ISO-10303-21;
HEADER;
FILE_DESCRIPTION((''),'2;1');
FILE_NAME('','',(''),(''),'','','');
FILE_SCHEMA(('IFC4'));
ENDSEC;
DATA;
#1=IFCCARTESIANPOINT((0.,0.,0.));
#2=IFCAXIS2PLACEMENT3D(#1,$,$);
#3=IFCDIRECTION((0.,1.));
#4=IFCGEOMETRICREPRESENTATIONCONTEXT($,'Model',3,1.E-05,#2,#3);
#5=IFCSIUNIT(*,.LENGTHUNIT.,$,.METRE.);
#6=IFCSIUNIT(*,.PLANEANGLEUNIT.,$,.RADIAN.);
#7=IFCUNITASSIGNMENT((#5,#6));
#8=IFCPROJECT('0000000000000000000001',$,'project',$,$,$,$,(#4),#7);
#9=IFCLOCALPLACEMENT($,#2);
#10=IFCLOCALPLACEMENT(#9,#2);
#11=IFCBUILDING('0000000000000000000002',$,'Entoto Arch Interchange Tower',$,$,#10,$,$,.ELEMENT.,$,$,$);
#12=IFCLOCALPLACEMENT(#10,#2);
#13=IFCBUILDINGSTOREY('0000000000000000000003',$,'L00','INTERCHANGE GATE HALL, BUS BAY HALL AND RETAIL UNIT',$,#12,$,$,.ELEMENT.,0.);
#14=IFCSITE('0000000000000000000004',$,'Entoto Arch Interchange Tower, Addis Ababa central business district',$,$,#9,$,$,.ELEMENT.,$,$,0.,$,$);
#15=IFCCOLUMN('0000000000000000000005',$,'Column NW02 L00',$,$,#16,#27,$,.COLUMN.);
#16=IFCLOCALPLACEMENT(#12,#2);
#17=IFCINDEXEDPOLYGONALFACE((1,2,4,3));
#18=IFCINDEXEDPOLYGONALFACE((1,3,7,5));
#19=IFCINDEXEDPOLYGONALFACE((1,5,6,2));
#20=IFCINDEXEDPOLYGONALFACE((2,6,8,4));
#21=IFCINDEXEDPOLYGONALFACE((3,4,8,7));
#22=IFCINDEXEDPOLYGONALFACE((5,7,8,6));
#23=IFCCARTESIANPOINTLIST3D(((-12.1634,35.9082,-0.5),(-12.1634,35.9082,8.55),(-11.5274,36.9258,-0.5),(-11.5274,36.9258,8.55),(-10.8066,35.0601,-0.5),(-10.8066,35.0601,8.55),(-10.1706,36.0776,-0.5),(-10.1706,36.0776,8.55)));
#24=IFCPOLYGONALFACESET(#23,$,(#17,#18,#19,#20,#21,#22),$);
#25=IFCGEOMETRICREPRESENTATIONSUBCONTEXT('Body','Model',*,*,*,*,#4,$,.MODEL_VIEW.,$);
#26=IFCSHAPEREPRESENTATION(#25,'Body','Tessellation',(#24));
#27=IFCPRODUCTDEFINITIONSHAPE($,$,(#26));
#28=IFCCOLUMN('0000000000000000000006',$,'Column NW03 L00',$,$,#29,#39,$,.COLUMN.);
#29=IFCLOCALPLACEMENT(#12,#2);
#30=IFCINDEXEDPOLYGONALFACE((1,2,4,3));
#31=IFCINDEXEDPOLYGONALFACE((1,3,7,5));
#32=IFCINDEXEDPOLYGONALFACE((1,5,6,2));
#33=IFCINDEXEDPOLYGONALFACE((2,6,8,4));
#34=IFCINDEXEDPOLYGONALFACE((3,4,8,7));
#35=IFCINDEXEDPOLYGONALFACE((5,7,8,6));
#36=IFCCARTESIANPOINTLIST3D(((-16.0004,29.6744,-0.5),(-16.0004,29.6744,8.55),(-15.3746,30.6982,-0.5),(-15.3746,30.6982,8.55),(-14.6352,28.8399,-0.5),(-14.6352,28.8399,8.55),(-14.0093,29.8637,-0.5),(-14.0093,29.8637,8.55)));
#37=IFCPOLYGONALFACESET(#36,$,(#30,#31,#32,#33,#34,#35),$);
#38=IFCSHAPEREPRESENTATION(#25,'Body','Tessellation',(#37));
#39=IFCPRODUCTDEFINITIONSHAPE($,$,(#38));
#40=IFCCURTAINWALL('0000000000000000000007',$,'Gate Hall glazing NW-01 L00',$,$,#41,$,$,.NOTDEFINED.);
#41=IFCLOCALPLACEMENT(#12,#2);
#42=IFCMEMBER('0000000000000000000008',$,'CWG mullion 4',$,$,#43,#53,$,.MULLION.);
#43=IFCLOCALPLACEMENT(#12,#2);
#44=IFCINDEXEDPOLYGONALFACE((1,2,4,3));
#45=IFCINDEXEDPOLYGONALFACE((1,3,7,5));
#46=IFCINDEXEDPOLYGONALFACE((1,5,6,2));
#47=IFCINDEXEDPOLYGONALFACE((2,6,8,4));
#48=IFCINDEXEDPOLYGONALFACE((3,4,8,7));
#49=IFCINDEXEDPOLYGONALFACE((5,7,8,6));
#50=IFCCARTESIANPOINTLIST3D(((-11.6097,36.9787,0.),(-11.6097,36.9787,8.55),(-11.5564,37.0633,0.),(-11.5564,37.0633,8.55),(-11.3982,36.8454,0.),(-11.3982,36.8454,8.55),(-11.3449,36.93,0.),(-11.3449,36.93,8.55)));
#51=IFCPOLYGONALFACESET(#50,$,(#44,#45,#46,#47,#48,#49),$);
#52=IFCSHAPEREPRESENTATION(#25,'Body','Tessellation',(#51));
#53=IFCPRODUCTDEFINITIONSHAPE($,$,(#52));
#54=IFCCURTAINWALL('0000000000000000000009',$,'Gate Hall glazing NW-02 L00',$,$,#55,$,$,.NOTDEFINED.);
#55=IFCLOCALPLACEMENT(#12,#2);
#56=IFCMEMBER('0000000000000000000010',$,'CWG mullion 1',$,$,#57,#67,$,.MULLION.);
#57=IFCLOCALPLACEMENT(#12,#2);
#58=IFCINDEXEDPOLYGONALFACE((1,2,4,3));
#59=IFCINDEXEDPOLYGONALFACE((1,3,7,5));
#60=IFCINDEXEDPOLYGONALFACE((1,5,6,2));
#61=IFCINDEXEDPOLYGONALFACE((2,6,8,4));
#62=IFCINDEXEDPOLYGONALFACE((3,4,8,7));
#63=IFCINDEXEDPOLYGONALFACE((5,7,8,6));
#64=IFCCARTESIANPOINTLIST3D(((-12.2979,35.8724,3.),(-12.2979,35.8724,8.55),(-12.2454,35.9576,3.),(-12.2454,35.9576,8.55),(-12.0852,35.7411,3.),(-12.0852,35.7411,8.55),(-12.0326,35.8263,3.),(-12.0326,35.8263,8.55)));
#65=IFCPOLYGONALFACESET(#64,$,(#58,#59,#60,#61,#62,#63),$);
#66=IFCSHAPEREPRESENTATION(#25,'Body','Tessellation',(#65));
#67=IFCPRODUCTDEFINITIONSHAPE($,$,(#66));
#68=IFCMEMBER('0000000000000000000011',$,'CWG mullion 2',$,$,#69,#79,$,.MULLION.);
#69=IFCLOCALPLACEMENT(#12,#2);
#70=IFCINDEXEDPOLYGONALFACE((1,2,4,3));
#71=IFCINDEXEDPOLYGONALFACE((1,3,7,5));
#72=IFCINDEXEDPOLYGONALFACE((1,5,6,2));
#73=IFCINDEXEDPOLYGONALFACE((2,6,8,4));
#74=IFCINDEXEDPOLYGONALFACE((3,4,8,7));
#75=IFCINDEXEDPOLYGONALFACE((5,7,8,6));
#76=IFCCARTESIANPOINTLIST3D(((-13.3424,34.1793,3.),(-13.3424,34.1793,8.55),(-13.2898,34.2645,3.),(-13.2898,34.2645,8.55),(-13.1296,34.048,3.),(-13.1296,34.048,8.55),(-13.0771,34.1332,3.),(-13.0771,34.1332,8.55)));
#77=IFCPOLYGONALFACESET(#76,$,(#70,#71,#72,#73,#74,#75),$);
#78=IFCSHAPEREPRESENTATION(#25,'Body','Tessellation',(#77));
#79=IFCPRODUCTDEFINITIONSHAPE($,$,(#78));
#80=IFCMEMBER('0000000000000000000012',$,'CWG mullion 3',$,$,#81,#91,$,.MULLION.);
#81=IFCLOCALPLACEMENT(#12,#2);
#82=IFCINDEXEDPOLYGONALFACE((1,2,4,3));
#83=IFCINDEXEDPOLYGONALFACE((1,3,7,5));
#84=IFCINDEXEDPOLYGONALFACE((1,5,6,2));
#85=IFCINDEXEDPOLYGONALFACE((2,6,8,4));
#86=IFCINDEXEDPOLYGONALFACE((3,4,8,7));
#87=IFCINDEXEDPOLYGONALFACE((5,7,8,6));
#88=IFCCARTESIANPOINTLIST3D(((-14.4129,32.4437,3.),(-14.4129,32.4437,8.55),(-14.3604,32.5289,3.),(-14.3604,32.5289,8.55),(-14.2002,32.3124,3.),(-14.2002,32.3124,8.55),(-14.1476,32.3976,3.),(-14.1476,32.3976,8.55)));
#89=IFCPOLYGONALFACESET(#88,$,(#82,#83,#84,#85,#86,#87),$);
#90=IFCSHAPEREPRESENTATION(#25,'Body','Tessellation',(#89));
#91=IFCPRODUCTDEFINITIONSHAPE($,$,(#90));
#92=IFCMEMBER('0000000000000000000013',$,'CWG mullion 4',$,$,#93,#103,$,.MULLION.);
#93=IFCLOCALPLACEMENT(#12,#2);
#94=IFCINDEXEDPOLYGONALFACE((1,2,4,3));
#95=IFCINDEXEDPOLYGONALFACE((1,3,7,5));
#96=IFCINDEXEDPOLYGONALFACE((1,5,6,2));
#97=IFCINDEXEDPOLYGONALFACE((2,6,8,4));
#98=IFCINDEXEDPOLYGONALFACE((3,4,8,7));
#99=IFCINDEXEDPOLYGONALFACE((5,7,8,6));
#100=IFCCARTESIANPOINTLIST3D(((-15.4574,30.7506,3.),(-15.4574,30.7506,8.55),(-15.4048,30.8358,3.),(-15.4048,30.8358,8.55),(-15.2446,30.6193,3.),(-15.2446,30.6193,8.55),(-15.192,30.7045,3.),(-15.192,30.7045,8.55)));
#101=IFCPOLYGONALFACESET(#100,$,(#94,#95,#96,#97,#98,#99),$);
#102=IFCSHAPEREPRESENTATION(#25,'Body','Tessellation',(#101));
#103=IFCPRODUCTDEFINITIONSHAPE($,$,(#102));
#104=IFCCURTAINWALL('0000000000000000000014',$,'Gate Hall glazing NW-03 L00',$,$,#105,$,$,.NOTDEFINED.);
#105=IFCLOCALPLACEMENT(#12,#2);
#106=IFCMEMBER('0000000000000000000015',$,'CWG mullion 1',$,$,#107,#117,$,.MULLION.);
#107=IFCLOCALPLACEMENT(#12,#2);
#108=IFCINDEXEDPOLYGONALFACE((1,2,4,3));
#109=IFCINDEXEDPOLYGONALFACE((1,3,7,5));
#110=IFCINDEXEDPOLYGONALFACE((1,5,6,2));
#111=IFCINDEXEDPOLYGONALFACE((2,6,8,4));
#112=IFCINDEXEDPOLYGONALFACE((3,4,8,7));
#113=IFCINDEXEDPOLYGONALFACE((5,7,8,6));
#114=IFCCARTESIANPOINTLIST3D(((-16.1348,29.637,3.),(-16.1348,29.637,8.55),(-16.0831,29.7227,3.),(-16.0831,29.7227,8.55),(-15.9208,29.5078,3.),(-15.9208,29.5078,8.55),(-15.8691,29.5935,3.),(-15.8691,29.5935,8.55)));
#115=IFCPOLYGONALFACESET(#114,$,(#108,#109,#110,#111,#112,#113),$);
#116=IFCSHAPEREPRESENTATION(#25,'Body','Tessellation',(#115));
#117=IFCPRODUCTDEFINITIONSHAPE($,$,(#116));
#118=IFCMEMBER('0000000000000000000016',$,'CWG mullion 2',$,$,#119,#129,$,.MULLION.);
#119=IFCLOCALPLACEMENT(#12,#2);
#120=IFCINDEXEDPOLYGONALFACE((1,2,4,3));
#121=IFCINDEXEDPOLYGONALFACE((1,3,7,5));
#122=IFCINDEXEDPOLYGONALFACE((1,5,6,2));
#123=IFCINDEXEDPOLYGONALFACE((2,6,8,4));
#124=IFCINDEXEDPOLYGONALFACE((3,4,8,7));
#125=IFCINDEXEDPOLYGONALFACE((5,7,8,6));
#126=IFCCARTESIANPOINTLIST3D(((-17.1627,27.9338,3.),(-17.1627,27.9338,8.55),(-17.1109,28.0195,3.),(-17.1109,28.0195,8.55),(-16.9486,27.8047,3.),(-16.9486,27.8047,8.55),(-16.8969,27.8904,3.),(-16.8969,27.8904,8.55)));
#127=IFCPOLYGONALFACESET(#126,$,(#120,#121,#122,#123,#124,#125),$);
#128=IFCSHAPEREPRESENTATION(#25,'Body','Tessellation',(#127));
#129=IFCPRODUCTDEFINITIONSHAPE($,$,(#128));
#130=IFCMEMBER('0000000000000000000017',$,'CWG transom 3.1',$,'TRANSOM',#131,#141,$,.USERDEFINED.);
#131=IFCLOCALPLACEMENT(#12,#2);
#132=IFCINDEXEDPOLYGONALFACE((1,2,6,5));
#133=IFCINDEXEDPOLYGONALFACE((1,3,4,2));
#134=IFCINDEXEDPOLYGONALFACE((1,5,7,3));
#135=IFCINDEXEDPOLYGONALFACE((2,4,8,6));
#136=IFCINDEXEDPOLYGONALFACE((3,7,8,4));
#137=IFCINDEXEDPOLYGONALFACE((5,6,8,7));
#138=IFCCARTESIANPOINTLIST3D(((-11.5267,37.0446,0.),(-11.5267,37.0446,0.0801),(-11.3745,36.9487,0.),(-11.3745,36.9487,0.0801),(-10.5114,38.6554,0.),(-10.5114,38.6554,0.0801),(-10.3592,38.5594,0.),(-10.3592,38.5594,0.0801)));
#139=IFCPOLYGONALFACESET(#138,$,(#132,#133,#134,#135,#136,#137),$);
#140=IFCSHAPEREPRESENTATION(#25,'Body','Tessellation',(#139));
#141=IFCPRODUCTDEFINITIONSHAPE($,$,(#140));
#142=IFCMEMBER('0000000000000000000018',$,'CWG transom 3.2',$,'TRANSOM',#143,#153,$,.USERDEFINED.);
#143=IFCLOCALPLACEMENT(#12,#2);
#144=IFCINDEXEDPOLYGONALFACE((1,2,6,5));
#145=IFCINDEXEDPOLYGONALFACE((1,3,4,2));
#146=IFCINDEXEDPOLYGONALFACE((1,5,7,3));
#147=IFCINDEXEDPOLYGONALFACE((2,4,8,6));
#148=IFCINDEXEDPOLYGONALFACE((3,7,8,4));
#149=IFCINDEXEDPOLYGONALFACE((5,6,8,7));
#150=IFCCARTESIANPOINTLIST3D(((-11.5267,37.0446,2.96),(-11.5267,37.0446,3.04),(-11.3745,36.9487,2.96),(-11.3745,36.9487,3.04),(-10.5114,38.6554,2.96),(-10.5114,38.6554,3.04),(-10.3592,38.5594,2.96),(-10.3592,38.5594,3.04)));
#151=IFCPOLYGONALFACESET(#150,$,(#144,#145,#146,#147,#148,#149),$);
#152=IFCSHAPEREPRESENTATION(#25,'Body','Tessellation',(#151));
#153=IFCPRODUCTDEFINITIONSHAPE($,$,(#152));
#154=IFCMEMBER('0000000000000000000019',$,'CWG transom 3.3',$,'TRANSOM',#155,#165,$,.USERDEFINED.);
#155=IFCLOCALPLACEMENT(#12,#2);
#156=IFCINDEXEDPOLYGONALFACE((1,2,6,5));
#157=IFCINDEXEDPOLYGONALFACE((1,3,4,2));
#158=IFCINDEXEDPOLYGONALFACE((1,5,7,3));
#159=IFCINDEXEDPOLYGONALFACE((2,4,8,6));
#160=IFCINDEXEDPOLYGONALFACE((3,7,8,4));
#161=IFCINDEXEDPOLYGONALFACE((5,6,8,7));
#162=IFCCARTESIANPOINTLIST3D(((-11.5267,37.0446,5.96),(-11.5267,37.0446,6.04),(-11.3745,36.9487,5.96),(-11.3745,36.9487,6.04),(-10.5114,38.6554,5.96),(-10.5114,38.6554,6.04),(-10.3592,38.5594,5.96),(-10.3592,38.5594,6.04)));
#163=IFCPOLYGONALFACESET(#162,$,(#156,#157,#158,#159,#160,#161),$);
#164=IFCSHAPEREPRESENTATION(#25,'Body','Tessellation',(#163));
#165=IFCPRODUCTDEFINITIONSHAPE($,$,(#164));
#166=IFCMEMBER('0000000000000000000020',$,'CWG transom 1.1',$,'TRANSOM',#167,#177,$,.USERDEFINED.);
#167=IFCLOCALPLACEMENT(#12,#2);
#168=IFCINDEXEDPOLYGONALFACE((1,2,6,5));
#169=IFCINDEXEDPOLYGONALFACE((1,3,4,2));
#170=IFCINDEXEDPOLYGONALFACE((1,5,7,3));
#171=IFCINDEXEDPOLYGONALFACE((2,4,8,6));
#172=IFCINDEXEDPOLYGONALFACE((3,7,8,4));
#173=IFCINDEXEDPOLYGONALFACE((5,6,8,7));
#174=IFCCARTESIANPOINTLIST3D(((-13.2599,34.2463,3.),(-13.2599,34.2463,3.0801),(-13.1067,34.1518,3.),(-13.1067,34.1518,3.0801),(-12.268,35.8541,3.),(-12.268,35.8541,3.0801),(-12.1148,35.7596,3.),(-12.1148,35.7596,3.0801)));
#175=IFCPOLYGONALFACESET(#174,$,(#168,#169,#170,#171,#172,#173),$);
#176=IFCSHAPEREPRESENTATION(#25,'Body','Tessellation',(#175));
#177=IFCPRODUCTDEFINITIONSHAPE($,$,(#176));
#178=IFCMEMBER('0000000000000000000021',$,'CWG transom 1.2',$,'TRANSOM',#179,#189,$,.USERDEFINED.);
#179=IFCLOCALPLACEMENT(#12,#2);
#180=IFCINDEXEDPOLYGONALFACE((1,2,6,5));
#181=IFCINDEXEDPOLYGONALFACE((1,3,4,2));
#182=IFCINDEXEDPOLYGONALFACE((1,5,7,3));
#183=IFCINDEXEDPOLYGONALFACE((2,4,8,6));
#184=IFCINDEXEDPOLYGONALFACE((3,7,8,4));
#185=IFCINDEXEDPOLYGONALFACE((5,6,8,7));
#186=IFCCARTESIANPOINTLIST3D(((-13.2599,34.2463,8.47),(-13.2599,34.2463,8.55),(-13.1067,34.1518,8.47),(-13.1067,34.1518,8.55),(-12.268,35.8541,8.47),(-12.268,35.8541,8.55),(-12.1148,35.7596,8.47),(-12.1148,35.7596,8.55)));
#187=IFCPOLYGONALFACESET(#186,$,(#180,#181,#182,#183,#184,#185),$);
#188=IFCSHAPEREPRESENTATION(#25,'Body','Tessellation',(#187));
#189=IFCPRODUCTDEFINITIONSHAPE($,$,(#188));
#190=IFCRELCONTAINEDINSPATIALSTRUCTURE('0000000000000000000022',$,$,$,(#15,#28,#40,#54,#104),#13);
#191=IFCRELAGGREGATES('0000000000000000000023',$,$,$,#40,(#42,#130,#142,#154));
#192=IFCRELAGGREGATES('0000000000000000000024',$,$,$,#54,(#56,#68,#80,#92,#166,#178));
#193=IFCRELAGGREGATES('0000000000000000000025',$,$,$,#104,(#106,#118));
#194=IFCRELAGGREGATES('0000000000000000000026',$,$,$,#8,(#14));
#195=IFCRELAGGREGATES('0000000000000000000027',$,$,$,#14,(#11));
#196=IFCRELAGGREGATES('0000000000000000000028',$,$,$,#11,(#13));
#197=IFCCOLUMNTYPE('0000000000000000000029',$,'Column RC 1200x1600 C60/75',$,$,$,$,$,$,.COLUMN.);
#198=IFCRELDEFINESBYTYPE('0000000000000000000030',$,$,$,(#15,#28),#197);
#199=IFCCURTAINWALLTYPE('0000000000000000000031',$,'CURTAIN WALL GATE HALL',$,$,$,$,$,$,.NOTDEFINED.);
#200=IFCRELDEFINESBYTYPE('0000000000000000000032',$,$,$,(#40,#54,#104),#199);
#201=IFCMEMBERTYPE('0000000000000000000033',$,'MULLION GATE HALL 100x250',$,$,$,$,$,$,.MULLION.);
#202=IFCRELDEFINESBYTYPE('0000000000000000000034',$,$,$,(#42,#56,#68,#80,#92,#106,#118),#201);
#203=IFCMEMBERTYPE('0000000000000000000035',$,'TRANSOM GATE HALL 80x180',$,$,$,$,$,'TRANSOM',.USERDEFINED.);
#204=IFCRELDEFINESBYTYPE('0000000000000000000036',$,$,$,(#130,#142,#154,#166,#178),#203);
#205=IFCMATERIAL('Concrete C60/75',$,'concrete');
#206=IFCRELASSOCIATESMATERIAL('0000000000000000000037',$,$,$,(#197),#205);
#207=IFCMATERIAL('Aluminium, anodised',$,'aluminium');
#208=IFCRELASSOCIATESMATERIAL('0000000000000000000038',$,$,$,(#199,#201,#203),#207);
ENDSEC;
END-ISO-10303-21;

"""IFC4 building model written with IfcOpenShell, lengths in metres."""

from ifc_helpers import new_model, si_unit, direction, frame, origin, origin_2d, place, context, subcontext, project, spatial, rectangle, extrude, material, material_profile, profile_set, type_object, element, aggregate, save


model = new_model("IFC4")

# Units and contexts
model_context = context("Model", 3, precision=1e-05, world=origin(), true_north=direction((0.0, 1.0)))
body_context = subcontext(model_context, "Body", "Model", "MODEL_VIEW")
ifc_project = project(units=[si_unit("LENGTHUNIT", "METRE"), si_unit("PLANEANGLEUNIT", "RADIAN")], contexts=[model_context])

# Site, building, storey
site_placement = place(None, origin())
site = spatial("IfcSite", under=ifc_project, at=site_placement, Name="Entoto Arch Interchange Tower, Addis Ababa central business district", CompositionType="ELEMENT", RefElevation=0.0)
building_placement = place(site_placement, origin())
building = spatial("IfcBuilding", under=site, at=building_placement, Name="Entoto Arch Interchange Tower", CompositionType="ELEMENT")
storey_placement = place(building_placement, origin())
storey = spatial("IfcBuildingStorey", under=building, at=storey_placement, Name="L00", Description="INTERCHANGE GATE HALL, BUS BAY HALL AND RETAIL UNIT", CompositionType="ELEMENT", Elevation=0.0)

# Columns
ifc_material_1 = material(Name="Concrete C60/75", Category="concrete")
ifc_material_profile_1 = material_profile(ifc_material_1, rectangle(XDim=1.2, YDim=1.6001, at=origin_2d()))
ifc_profile_set_1 = profile_set([ifc_material_profile_1], Name="Concrete C60/75")
column_type = type_object("IfcColumnType", Name="Column RC 1200x1600 C60/75", PredefinedType="COLUMN", material=ifc_profile_set_1)
for number, where, z_axis, x_axis, name in (
    (1, (-11.167, 35.9929, -0.5), (0.0, 0.0, 1.0), (0.530067, 0.847956, 0.0), "Column NW02 L00"),
    (2, (-15.0049, 29.769, -0.5), (0.0, 0.0, 1.0), (0.521546, 0.853223, 0.0), "Column NW03 L00"),
):
    element("IfcColumn", number, at=place(storey_placement, frame(where, z_axis=z_axis, x_axis=x_axis)), inside=storey, type_object=column_type, Name=name, PredefinedType="COLUMN", context=body_context, shape_type="SweptSolid", body=[
        extrude(rectangle(XDim=1.2, YDim=1.6001, at=origin_2d()), origin(), (0.0, 0.0, 1.0), 9.05),
    ])

# Curtain wall, member
ifc_material_2 = material(Name="Aluminium, anodised", Category="aluminium")
curtain_wall_type = type_object("IfcCurtainWallType", Name="CURTAIN WALL GATE HALL", PredefinedType="NOTDEFINED", material=ifc_material_2)
curtain_wall_1_placement = place(storey_placement, origin())
curtain_wall_1 = element("IfcCurtainWall", 3, at=curtain_wall_1_placement, inside=storey, type_object=curtain_wall_type, Name="Gate Hall glazing NW-01 L00", PredefinedType="NOTDEFINED")
ifc_material_profile_2 = material_profile(ifc_material_2, rectangle(XDim=0.25, YDim=0.1001, at=origin_2d()))
ifc_profile_set_2 = profile_set([ifc_material_profile_2], Name="Aluminium, anodised")
member_type_1 = type_object("IfcMemberType", Name="MULLION GATE HALL 100x250", PredefinedType="MULLION", material=ifc_profile_set_2)
member_1_placement = place(storey_placement, frame((-11.4773, 36.9543, 0.0), z_axis=(0.0, 0.0, 1.0), x_axis=(0.845959, -0.533248, 0.0)))
member_1 = element("IfcMember", 4, at=member_1_placement, type_object=member_type_1, Name="CWG mullion 4", PredefinedType="MULLION", context=body_context, shape_type="SweptSolid", body=[
    extrude(rectangle(XDim=0.25, YDim=0.1001, at=origin_2d()), origin(), (0.0, 0.0, 1.0), 8.55),
])

# Curtain walls, members
curtain_wall_2_placement = place(storey_placement, origin())
curtain_wall_2 = element("IfcCurtainWall", 5, at=curtain_wall_2_placement, inside=storey, type_object=curtain_wall_type, Name="Gate Hall glazing NW-02 L00", PredefinedType="NOTDEFINED")
member_2_placement = place(storey_placement, frame((-12.1653, 35.8494, 3.0), z_axis=(0.0, 0.0, 1.0), x_axis=(0.851097, -0.525009, 0.0)))
member_2 = element("IfcMember", 6, at=member_2_placement, type_object=member_type_1, Name="CWG mullion 1", PredefinedType="MULLION", context=body_context, shape_type="SweptSolid", body=[
    extrude(rectangle(XDim=0.25, YDim=0.1001, at=origin_2d()), origin(), (0.0, 0.0, 1.0), 5.55),
])
member_3_placement = place(storey_placement, frame((-13.2097, 34.1562, 3.0), z_axis=(0.0, 0.0, 1.0), x_axis=(0.851097, -0.525009, 0.0)))
member_3 = element("IfcMember", 7, at=member_3_placement, type_object=member_type_1, Name="CWG mullion 2", PredefinedType="MULLION", context=body_context, shape_type="SweptSolid", body=[
    extrude(rectangle(XDim=0.25, YDim=0.1001, at=origin_2d()), origin(), (0.0, 0.0, 1.0), 5.55),
])
member_4_placement = place(storey_placement, frame((-14.2803, 32.4207, 3.0), z_axis=(0.0, 0.0, 1.0), x_axis=(0.851097, -0.525009, 0.0)))
member_4 = element("IfcMember", 8, at=member_4_placement, type_object=member_type_1, Name="CWG mullion 3", PredefinedType="MULLION", context=body_context, shape_type="SweptSolid", body=[
    extrude(rectangle(XDim=0.25, YDim=0.1001, at=origin_2d()), origin(), (0.0, 0.0, 1.0), 5.55),
])
member_5_placement = place(storey_placement, frame((-15.3247, 30.7275, 3.0), z_axis=(0.0, 0.0, 1.0), x_axis=(0.851097, -0.525009, 0.0)))
member_5 = element("IfcMember", 9, at=member_5_placement, type_object=member_type_1, Name="CWG mullion 4", PredefinedType="MULLION", context=body_context, shape_type="SweptSolid", body=[
    extrude(rectangle(XDim=0.25, YDim=0.1001, at=origin_2d()), origin(), (0.0, 0.0, 1.0), 5.55),
])
curtain_wall_3_placement = place(storey_placement, origin())
curtain_wall_3 = element("IfcCurtainWall", 10, at=curtain_wall_3_placement, inside=storey, type_object=curtain_wall_type, Name="Gate Hall glazing NW-03 L00", PredefinedType="NOTDEFINED")
member_6_placement = place(storey_placement, frame((-16.002, 29.6152, 3.0), z_axis=(0.0, 0.0, 1.0), x_axis=(0.856178, -0.516681, 0.0)))
member_6 = element("IfcMember", 11, at=member_6_placement, type_object=member_type_1, Name="CWG mullion 1", PredefinedType="MULLION", context=body_context, shape_type="SweptSolid", body=[
    extrude(rectangle(XDim=0.25, YDim=0.1001, at=origin_2d()), origin(), (0.0, 0.0, 1.0), 5.55),
])
member_7_placement = place(storey_placement, frame((-17.0298, 27.9121, 3.0), z_axis=(0.0, 0.0, 1.0), x_axis=(0.856178, -0.516681, 0.0)))
member_7 = element("IfcMember", 12, at=member_7_placement, type_object=member_type_1, Name="CWG mullion 2", PredefinedType="MULLION", context=body_context, shape_type="SweptSolid", body=[
    extrude(rectangle(XDim=0.25, YDim=0.1001, at=origin_2d()), origin(), (0.0, 0.0, 1.0), 5.55),
])

# Members
ifc_material_profile_3 = material_profile(ifc_material_2, rectangle(XDim=0.1799, YDim=0.0801, at=origin_2d()))
ifc_profile_set_3 = profile_set([ifc_material_profile_3], Name="Aluminium, anodised")
member_type_2 = type_object("IfcMemberType", Name="TRANSOM GATE HALL 80x180", ElementType="TRANSOM", PredefinedType="USERDEFINED", material=ifc_profile_set_3)
member_8_placement = place(storey_placement, frame((-10.4353, 38.6074, 0.04), z_axis=(-0.533245, -0.845961, 0.0), x_axis=(0.845961, -0.533245, 0.0)))
member_8 = element("IfcMember", 13, at=member_8_placement, type_object=member_type_2, Name="CWG transom 3.1", ObjectType="TRANSOM", PredefinedType="USERDEFINED", context=body_context, shape_type="SweptSolid", body=[
    extrude(rectangle(XDim=0.1799, YDim=0.0801, at=origin_2d()), origin(), (0.0, 0.0, 1.0), 1.9041),
])
member_9_placement = place(storey_placement, frame((-10.4353, 38.6074, 3.0), z_axis=(-0.533245, -0.845961, 0.0), x_axis=(0.845961, -0.533245, 0.0)))
member_9 = element("IfcMember", 14, at=member_9_placement, type_object=member_type_2, Name="CWG transom 3.2", ObjectType="TRANSOM", PredefinedType="USERDEFINED", context=body_context, shape_type="SweptSolid", body=[
    extrude(rectangle(XDim=0.1799, YDim=0.0801, at=origin_2d()), origin(), (0.0, 0.0, 1.0), 1.9041),
])
member_10_placement = place(storey_placement, frame((-10.4353, 38.6074, 6.0), z_axis=(-0.533245, -0.845961, 0.0), x_axis=(0.845961, -0.533245, 0.0)))
member_10 = element("IfcMember", 15, at=member_10_placement, type_object=member_type_2, Name="CWG transom 3.3", ObjectType="TRANSOM", PredefinedType="USERDEFINED", context=body_context, shape_type="SweptSolid", body=[
    extrude(rectangle(XDim=0.1799, YDim=0.0801, at=origin_2d()), origin(), (0.0, 0.0, 1.0), 1.9041),
])
member_11_placement = place(storey_placement, frame((-12.1914, 35.8069, 3.04), z_axis=(-0.525042, -0.851077, 0.0), x_axis=(0.851077, -0.525042, 0.0)))
member_11 = element("IfcMember", 16, at=member_11_placement, type_object=member_type_2, Name="CWG transom 1.1", ObjectType="TRANSOM", PredefinedType="USERDEFINED", context=body_context, shape_type="SweptSolid", body=[
    extrude(rectangle(XDim=0.1799, YDim=0.0801, at=origin_2d()), origin(), (0.0, 0.0, 1.0), 1.8892),
])
member_12_placement = place(storey_placement, frame((-12.1914, 35.8069, 8.51), z_axis=(-0.525042, -0.851077, 0.0), x_axis=(0.851077, -0.525042, 0.0)))
member_12 = element("IfcMember", 17, at=member_12_placement, type_object=member_type_2, Name="CWG transom 1.2", ObjectType="TRANSOM", PredefinedType="USERDEFINED", context=body_context, shape_type="SweptSolid", body=[
    extrude(rectangle(XDim=0.1799, YDim=0.0801, at=origin_2d()), origin(), (0.0, 0.0, 1.0), 1.8892),
])

aggregate(curtain_wall_1, [member_1, member_8, member_9, member_10])
aggregate(curtain_wall_2, [member_2, member_3, member_4, member_5, member_11, member_12])
aggregate(curtain_wall_3, [member_6, member_7])

save(model, "model.ifc")
